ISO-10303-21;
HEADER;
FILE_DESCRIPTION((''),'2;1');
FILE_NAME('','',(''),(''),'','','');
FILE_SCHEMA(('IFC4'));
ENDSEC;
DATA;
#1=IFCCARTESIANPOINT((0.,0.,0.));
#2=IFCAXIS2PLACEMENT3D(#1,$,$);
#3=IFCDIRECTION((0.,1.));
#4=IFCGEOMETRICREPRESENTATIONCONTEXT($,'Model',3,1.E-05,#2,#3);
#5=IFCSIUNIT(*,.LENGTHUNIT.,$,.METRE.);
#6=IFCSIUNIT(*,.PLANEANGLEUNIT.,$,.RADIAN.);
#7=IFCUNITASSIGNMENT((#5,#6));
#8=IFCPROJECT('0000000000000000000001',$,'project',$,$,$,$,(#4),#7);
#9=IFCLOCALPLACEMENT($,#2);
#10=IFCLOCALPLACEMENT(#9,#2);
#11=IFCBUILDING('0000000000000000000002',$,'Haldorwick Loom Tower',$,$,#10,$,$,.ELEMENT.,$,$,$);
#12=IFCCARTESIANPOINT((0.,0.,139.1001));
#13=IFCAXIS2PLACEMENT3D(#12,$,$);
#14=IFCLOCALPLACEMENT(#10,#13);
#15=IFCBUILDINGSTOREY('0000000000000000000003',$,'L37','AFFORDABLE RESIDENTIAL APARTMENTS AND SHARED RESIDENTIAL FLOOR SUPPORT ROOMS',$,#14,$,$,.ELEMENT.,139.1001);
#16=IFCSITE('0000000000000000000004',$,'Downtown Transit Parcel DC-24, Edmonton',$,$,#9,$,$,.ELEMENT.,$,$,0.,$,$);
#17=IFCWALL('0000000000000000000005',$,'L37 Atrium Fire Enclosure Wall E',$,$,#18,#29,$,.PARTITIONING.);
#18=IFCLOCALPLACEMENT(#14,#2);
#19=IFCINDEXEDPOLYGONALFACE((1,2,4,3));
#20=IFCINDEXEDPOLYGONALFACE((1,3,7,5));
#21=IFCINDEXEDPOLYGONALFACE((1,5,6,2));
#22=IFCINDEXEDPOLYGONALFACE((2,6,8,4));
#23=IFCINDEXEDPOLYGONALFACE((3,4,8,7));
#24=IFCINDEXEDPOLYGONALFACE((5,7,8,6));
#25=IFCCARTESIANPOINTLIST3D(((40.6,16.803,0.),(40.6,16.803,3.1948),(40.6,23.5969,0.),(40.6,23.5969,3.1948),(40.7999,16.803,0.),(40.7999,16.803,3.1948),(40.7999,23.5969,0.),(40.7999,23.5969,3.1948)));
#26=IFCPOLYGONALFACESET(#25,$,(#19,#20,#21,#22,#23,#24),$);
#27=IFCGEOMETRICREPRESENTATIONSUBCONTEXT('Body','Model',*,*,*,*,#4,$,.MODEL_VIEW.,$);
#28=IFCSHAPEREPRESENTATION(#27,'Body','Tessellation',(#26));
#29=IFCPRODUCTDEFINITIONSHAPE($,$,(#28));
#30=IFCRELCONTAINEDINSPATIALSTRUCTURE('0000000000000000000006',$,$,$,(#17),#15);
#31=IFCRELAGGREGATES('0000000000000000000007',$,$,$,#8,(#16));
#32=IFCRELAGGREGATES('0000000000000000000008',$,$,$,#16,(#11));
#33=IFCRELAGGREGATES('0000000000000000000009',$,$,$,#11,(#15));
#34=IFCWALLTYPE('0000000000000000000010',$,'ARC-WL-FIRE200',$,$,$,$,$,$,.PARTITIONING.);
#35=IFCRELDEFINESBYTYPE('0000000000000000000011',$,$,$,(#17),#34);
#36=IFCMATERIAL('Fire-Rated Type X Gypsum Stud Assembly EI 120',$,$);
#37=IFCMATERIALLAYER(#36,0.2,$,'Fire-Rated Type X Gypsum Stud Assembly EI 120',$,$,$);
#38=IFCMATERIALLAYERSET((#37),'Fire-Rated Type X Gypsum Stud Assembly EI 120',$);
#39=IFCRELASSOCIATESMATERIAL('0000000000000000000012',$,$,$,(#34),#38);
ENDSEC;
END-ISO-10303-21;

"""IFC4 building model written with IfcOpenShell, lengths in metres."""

from ifc_helpers import new_model, si_unit, direction, frame, frame_2d, origin, place, context, subcontext, project, spatial, rectangle, extrude, material, layer, layer_set, type_object, element, save


model = new_model("IFC4")

# Units and contexts
model_context = context("Model", 3, precision=1e-05, world=origin(), true_north=direction((0.0, 1.0)))
body_context = subcontext(model_context, "Body", "Model", "MODEL_VIEW")
ifc_project = project(units=[si_unit("LENGTHUNIT", "METRE"), si_unit("PLANEANGLEUNIT", "RADIAN")], contexts=[model_context])

# Site, building, storey
site_placement = place(None, origin())
site = spatial("IfcSite", under=ifc_project, at=site_placement, Name="Downtown Transit Parcel DC-24, Edmonton", CompositionType="ELEMENT", RefElevation=0.0)
building_placement = place(site_placement, origin())
building = spatial("IfcBuilding", under=site, at=building_placement, Name="Haldorwick Loom Tower", CompositionType="ELEMENT")
storey_placement = place(building_placement, frame((0.0, 0.0, 139.1001)))
storey = spatial("IfcBuildingStorey", under=building, at=storey_placement, Name="L37", Description="AFFORDABLE RESIDENTIAL APARTMENTS AND SHARED RESIDENTIAL FLOOR SUPPORT ROOMS", CompositionType="ELEMENT", Elevation=139.1001)

# Wall
ifc_material_1 = material(Name="Fire-Rated Type X Gypsum Stud Assembly EI 120")
ifc_layer_1 = layer(ifc_material_1, 0.2, Name="Fire-Rated Type X Gypsum Stud Assembly EI 120")
ifc_layer_set_1 = layer_set([ifc_layer_1], Name="Fire-Rated Type X Gypsum Stud Assembly EI 120")
wall_type_1 = type_object("IfcWallType", Name="ARC-WL-FIRE200", PredefinedType="PARTITIONING", material=ifc_layer_set_1)
wall_1_placement = place(storey_placement, frame((40.7, 23.5969, 0.0), z_axis=(0.0, 0.0, 1.0), x_axis=(0.0, -1.0, 0.0)))
element("IfcWall", 1, at=wall_1_placement, inside=storey, type_object=wall_type_1, Name="L37 Atrium Fire Enclosure Wall E", PredefinedType="PARTITIONING", context=body_context, shape_type="SweptSolid", body=[
    extrude(rectangle(XDim=6.7939, YDim=0.2, at=frame_2d((3.397, 0.0))), origin(), (0.0, 0.0, 1.0), 3.1948),
])

save(model, "model.ifc")
